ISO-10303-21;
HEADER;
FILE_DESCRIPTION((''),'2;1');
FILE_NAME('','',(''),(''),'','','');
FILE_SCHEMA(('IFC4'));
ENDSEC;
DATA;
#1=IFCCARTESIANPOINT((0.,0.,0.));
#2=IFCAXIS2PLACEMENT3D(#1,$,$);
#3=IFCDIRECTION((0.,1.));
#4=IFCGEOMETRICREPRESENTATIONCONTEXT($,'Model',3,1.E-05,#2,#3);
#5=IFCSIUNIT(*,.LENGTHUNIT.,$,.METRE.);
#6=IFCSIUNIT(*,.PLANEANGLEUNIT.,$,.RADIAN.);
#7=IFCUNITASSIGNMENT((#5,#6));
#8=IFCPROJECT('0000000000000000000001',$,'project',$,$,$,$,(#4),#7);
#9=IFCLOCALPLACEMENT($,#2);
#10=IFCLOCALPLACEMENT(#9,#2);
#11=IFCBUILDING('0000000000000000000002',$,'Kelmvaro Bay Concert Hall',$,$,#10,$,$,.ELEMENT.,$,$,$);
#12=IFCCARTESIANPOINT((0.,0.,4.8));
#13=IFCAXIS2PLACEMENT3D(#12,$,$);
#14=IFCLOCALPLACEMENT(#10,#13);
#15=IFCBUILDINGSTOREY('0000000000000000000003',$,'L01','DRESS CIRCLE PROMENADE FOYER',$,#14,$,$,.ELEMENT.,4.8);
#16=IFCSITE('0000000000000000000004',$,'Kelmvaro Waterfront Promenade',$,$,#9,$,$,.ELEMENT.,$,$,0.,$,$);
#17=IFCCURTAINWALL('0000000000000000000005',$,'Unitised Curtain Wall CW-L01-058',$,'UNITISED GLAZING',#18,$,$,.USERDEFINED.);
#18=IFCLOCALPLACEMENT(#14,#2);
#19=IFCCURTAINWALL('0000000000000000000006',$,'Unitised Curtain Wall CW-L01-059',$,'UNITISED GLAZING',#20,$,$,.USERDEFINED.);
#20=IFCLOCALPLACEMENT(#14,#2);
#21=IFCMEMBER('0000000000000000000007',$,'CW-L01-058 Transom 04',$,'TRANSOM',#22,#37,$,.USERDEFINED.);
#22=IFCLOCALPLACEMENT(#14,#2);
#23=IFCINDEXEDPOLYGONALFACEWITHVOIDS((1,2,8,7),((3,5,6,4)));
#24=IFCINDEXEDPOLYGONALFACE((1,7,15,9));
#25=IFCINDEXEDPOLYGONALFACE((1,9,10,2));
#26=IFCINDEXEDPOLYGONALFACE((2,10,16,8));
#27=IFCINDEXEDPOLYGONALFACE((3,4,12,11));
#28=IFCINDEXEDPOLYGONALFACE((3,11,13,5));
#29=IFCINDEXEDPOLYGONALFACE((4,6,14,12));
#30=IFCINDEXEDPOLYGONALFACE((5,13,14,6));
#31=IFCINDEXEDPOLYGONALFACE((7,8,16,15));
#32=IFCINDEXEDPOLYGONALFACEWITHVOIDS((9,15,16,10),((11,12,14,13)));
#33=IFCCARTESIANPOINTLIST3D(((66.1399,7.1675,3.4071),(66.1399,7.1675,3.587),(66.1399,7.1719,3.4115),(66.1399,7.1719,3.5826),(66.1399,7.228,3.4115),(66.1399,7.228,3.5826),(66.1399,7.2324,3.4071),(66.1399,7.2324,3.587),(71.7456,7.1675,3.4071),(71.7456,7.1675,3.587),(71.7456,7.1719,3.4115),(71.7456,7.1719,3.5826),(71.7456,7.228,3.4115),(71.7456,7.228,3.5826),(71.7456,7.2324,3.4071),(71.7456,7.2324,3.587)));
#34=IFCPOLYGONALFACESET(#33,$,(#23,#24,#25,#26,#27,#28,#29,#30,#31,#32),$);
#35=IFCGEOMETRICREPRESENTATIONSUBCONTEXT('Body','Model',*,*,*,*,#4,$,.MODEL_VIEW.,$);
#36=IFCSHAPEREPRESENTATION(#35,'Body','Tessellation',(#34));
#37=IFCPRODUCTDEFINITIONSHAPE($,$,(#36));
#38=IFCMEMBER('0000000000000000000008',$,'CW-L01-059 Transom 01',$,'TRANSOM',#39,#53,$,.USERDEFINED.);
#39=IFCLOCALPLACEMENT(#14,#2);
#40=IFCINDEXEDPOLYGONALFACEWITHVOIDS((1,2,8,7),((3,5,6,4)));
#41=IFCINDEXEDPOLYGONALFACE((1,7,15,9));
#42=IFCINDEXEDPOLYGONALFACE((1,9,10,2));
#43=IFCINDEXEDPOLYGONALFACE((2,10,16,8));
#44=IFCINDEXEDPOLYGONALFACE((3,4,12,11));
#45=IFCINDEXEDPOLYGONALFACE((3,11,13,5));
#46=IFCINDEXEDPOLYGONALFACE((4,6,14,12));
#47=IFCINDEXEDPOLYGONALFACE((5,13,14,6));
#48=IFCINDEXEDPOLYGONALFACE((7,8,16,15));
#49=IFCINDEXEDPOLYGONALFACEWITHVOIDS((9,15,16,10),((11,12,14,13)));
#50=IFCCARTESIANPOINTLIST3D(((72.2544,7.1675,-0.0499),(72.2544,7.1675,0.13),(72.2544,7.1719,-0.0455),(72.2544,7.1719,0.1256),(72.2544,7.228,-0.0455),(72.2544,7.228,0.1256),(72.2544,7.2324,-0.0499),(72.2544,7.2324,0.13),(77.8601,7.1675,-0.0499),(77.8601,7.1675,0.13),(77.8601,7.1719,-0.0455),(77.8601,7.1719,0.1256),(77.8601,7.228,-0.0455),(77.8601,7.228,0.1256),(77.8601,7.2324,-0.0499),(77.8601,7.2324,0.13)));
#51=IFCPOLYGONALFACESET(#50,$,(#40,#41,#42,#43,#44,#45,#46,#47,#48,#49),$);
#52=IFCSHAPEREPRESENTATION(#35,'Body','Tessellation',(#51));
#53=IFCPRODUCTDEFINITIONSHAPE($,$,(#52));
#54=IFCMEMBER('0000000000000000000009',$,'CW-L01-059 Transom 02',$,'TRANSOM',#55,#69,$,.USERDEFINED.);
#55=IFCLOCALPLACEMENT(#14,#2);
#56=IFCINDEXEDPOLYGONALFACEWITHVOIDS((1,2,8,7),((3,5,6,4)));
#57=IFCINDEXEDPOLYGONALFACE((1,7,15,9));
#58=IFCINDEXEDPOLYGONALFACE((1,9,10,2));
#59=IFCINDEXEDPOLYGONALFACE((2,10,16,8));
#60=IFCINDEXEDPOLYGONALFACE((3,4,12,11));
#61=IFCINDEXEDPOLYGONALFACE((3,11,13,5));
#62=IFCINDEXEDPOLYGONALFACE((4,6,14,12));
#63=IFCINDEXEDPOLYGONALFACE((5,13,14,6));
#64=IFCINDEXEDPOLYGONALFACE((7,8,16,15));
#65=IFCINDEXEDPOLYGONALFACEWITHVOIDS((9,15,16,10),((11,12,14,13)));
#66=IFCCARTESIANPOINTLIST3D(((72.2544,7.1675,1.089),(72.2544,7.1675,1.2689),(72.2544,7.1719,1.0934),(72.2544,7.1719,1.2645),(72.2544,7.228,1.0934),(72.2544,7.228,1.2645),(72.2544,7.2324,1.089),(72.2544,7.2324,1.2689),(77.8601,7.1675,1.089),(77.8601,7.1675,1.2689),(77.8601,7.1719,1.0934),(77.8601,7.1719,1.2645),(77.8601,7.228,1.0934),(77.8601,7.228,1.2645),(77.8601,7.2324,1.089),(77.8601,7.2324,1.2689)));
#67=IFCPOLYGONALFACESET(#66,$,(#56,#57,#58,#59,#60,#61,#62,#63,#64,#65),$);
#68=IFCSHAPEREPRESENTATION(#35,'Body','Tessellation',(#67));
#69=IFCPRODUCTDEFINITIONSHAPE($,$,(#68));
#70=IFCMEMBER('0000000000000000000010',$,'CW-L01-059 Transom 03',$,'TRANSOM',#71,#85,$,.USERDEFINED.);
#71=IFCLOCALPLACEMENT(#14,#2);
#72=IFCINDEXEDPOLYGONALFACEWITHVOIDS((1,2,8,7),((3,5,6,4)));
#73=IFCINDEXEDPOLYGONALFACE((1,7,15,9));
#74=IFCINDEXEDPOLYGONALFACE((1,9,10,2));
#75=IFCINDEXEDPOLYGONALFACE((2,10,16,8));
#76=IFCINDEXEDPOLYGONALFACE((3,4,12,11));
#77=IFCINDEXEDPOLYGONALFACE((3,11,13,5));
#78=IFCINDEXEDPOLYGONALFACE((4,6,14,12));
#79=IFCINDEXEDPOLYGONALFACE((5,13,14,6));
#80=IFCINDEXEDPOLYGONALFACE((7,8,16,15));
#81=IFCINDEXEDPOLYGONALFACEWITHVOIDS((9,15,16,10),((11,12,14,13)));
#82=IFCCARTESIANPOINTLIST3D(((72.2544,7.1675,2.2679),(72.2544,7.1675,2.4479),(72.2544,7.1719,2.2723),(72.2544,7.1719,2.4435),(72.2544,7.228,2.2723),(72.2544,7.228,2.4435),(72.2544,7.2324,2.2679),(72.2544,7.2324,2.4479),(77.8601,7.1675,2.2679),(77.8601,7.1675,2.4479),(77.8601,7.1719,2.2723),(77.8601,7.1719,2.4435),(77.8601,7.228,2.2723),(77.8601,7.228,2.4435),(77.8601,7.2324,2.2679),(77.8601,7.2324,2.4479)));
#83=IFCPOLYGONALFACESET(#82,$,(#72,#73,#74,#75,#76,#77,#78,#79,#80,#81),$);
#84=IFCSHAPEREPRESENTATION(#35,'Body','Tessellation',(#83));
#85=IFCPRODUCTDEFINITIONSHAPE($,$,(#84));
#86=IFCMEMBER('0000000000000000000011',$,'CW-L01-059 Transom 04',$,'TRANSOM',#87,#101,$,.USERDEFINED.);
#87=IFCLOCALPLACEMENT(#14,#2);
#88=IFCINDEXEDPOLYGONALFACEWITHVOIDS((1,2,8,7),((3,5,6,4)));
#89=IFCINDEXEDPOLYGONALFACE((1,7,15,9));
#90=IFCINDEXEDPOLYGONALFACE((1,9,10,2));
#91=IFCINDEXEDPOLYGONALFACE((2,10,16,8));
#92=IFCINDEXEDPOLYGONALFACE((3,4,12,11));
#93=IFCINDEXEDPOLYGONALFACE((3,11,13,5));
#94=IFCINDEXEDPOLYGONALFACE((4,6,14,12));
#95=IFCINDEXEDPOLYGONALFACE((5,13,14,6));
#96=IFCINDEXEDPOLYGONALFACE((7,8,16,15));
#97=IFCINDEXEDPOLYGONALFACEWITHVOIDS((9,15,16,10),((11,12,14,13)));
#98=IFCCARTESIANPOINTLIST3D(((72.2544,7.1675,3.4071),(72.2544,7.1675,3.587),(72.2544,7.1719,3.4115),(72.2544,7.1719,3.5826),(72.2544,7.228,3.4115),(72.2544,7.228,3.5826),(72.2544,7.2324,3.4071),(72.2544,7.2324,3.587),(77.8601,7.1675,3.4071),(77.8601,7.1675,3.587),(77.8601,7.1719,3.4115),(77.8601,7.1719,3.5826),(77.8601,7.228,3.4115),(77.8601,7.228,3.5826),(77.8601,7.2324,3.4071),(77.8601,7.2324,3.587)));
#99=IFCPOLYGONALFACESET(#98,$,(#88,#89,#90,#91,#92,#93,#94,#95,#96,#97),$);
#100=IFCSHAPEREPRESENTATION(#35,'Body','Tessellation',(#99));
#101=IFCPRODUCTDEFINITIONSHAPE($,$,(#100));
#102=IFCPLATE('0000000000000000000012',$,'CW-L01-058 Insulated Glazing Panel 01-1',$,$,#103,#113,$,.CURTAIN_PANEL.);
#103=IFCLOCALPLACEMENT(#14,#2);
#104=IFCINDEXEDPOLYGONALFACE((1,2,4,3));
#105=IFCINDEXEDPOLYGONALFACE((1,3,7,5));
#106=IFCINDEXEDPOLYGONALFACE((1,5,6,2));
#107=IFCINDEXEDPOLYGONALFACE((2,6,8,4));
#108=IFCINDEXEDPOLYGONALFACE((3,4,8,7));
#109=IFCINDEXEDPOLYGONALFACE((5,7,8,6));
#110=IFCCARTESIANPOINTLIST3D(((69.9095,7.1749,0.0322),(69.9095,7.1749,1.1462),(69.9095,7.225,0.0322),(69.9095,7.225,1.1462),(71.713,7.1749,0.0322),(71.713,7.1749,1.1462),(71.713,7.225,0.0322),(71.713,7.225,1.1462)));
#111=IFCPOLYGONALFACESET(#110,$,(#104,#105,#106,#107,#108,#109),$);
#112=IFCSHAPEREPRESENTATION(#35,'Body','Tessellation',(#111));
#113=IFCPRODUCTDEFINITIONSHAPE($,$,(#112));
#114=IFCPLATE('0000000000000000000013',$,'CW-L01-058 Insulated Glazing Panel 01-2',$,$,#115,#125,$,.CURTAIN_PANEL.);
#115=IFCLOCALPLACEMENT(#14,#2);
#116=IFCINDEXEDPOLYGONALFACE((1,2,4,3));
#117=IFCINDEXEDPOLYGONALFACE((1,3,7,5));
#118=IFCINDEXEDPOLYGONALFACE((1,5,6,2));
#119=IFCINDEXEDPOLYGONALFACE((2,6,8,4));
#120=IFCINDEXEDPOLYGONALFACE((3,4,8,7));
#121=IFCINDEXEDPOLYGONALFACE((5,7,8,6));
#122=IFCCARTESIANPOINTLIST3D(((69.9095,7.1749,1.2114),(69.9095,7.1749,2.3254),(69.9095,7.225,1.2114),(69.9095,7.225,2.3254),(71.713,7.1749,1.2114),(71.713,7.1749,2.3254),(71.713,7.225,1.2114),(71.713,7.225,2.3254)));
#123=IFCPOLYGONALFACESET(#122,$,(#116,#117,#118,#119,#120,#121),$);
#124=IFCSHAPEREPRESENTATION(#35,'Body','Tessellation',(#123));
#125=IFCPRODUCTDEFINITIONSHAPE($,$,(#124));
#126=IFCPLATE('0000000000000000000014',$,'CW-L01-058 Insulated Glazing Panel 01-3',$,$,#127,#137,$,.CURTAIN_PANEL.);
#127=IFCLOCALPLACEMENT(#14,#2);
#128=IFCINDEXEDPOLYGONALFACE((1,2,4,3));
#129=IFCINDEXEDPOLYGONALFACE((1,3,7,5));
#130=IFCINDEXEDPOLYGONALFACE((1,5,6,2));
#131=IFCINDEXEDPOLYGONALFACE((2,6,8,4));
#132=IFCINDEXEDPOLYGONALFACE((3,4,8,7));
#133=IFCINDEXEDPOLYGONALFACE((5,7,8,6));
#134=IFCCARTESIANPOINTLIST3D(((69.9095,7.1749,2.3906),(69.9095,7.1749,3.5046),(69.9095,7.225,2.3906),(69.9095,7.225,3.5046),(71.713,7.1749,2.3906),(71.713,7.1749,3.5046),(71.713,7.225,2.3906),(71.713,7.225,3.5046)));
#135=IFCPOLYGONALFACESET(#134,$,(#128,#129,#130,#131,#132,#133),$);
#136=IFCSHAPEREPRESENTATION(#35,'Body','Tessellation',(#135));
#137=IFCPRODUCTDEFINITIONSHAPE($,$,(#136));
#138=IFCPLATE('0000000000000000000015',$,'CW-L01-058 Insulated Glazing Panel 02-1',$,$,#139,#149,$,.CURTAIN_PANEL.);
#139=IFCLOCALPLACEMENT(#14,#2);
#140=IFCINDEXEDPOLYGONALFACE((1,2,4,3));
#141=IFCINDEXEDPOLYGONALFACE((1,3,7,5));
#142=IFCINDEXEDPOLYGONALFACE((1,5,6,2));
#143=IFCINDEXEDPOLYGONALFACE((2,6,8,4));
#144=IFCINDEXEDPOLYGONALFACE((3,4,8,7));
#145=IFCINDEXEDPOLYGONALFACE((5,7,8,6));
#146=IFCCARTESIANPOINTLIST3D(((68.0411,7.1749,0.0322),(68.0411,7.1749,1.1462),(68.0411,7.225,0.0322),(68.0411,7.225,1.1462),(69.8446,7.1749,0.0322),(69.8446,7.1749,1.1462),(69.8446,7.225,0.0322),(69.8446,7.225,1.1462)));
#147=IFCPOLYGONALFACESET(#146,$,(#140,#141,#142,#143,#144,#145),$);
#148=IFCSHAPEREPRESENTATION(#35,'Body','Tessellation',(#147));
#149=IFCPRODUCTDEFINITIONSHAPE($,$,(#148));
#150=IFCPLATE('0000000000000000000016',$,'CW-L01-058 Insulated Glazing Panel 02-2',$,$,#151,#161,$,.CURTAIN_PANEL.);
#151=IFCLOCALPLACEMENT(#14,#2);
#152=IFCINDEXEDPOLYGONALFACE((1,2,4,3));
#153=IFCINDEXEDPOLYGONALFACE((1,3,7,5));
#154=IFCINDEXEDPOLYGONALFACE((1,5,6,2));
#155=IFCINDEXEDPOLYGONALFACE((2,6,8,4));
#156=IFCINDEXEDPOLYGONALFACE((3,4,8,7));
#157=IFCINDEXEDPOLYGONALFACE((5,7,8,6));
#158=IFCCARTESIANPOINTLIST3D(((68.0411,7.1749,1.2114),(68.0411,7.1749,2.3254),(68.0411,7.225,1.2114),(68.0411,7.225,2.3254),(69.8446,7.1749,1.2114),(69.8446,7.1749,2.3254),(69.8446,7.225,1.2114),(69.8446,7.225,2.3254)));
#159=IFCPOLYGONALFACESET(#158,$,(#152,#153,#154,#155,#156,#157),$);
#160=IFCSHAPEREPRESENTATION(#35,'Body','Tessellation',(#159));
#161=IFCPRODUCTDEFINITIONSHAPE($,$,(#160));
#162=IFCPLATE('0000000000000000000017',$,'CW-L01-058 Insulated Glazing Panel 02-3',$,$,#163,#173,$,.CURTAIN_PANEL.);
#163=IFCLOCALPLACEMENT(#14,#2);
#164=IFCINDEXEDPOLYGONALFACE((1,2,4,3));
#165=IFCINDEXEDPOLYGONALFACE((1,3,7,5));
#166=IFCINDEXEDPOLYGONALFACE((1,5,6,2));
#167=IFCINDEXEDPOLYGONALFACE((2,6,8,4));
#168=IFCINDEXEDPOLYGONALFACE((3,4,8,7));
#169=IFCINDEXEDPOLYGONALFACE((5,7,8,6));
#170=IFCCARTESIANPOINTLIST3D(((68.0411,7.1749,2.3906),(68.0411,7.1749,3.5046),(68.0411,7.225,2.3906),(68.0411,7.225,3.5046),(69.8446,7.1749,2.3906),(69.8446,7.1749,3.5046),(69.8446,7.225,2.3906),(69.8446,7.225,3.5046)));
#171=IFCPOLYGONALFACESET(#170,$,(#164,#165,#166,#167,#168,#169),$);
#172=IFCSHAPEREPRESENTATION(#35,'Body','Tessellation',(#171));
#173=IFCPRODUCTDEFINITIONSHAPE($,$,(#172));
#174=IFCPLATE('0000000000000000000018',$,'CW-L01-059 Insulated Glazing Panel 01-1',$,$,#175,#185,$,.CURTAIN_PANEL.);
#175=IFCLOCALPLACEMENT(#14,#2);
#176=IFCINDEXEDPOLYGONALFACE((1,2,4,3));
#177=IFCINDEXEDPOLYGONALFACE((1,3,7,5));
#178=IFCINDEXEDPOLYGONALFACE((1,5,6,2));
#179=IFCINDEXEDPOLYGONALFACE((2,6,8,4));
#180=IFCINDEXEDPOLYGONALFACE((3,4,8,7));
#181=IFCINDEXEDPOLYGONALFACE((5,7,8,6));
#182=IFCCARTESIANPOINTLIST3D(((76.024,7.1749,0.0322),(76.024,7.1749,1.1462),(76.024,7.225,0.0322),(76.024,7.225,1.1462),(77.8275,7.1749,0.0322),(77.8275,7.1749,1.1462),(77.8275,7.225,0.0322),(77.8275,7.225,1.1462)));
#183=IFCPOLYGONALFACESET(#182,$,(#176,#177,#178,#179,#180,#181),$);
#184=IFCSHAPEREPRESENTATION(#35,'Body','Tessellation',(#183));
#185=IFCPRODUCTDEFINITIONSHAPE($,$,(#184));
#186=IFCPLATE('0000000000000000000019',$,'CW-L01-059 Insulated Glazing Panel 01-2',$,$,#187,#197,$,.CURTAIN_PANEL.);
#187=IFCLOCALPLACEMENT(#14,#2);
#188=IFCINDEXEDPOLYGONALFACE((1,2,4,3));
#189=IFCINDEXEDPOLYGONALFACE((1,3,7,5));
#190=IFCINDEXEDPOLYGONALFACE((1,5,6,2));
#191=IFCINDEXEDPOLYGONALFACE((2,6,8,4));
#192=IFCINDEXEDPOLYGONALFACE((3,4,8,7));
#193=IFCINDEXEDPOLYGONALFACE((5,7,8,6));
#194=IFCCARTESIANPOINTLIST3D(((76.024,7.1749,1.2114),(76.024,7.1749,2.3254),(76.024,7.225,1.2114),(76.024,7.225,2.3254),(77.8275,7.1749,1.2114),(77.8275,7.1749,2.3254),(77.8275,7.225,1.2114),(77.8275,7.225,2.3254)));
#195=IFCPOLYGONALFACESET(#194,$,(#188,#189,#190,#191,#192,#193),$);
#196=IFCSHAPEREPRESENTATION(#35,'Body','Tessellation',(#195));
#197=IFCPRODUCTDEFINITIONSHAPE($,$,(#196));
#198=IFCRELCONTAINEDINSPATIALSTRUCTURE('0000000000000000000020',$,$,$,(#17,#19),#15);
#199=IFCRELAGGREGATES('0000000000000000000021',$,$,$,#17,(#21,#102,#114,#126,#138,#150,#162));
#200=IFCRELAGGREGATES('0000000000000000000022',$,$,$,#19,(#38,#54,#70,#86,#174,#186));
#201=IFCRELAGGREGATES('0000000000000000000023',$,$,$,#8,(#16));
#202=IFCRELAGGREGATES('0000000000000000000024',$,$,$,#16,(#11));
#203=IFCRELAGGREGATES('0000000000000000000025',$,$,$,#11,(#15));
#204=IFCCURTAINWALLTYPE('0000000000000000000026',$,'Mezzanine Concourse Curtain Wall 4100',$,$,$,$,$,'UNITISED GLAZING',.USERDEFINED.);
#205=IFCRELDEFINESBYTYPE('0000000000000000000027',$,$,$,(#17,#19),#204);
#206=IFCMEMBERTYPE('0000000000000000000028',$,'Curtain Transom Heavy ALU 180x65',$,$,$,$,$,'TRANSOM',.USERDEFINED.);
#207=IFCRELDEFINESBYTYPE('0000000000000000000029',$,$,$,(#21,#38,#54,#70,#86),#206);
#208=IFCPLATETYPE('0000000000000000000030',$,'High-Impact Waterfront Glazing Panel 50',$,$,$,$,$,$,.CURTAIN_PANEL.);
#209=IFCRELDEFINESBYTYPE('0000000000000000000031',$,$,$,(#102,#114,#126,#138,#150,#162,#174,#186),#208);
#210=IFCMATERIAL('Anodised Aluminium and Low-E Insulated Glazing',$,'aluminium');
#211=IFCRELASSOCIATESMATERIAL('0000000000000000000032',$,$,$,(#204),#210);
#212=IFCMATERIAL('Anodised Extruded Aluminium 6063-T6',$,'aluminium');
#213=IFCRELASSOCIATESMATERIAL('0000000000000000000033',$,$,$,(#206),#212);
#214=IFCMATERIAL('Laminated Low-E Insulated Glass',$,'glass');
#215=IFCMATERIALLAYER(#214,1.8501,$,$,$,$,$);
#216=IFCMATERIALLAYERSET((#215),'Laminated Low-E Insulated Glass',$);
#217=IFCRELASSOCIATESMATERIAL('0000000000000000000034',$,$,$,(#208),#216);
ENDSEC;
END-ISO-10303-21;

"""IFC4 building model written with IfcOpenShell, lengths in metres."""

from ifc_helpers import new_model, si_unit, direction, frame, origin, origin_2d, place, context, subcontext, project, spatial, rectangle, hollow_rectangle, extrude, material, layer, layer_set, material_profile, profile_set, type_object, element, aggregate, save


model = new_model("IFC4")

# Units and contexts
model_context = context("Model", 3, precision=1e-05, world=origin(), true_north=direction((0.0, 1.0)))
body_context = subcontext(model_context, "Body", "Model", "MODEL_VIEW")
ifc_project = project(units=[si_unit("LENGTHUNIT", "METRE"), si_unit("PLANEANGLEUNIT", "RADIAN")], contexts=[model_context])

# Site, building, storey
site_placement = place(None, origin())
site = spatial("IfcSite", under=ifc_project, at=site_placement, Name="Kelmvaro Waterfront Promenade", CompositionType="ELEMENT", RefElevation=0.0)
building_placement = place(site_placement, origin())
building = spatial("IfcBuilding", under=site, at=building_placement, Name="Kelmvaro Bay Concert Hall", CompositionType="ELEMENT")
storey_placement = place(building_placement, frame((0.0, 0.0, 4.8)))
storey = spatial("IfcBuildingStorey", under=building, at=storey_placement, Name="L01", Description="DRESS CIRCLE PROMENADE FOYER", CompositionType="ELEMENT", Elevation=4.8)

# Curtain walls
ifc_material_1 = material(Name="Anodised Aluminium and Low-E Insulated Glazing", Category="aluminium")
curtain_wall_type = type_object("IfcCurtainWallType", Name="Mezzanine Concourse Curtain Wall 4100", ElementType="UNITISED GLAZING", PredefinedType="USERDEFINED", material=ifc_material_1)
curtain_wall_1_placement = place(storey_placement, origin())
curtain_wall_1 = element("IfcCurtainWall", 1, at=curtain_wall_1_placement, inside=storey, type_object=curtain_wall_type, Name="Unitised Curtain Wall CW-L01-058", ObjectType="UNITISED GLAZING", PredefinedType="USERDEFINED")
curtain_wall_2_placement = place(storey_placement, origin())
curtain_wall_2 = element("IfcCurtainWall", 2, at=curtain_wall_2_placement, inside=storey, type_object=curtain_wall_type, Name="Unitised Curtain Wall CW-L01-059", ObjectType="UNITISED GLAZING", PredefinedType="USERDEFINED")

# Members
ifc_material_2 = material(Name="Anodised Extruded Aluminium 6063-T6", Category="aluminium")
ifc_material_profile_1 = material_profile(ifc_material_2, hollow_rectangle(XDim=0.0649, YDim=0.1799, WallThickness=0.0044, at=origin_2d()), Name="ALU-TRN-180X65")
ifc_profile_set_1 = profile_set([ifc_material_profile_1], Name="Anodised Extruded Aluminium 6063-T6")
member_type_1 = type_object("IfcMemberType", Name="Curtain Transom Heavy ALU 180x65", ElementType="TRANSOM", PredefinedType="USERDEFINED", material=ifc_profile_set_1)
member_1_placement = place(storey_placement, frame((71.7456, 7.2, 3.4971), z_axis=(-1.0, 0.0, 0.0), x_axis=(0.0, -1.0, 0.0)))
member_1 = element("IfcMember", 3, at=member_1_placement, type_object=member_type_1, Name="CW-L01-058 Transom 04", ObjectType="TRANSOM", PredefinedType="USERDEFINED", context=body_context, shape_type="SweptSolid", body=[
    extrude(hollow_rectangle(XDim=0.0649, YDim=0.1799, WallThickness=0.0044, at=origin_2d()), origin(), (0.0, 0.0, 1.0), 5.6057),
])
member_2_placement = place(storey_placement, frame((77.8601, 7.2, 0.04), z_axis=(-1.0, 0.0, 0.0), x_axis=(0.0, -1.0, 0.0)))
member_2 = element("IfcMember", 4, at=member_2_placement, type_object=member_type_1, Name="CW-L01-059 Transom 01", ObjectType="TRANSOM", PredefinedType="USERDEFINED", context=body_context, shape_type="SweptSolid", body=[
    extrude(hollow_rectangle(XDim=0.0649, YDim=0.1799, WallThickness=0.0044, at=origin_2d()), origin(), (0.0, 0.0, 1.0), 5.6057),
])
member_3_placement = place(storey_placement, frame((77.8601, 7.2, 1.179), z_axis=(-1.0, 0.0, 0.0), x_axis=(0.0, -1.0, 0.0)))
member_3 = element("IfcMember", 5, at=member_3_placement, type_object=member_type_1, Name="CW-L01-059 Transom 02", ObjectType="TRANSOM", PredefinedType="USERDEFINED", context=body_context, shape_type="SweptSolid", body=[
    extrude(hollow_rectangle(XDim=0.0649, YDim=0.1799, WallThickness=0.0044, at=origin_2d()), origin(), (0.0, 0.0, 1.0), 5.6057),
])
member_4_placement = place(storey_placement, frame((77.8601, 7.2, 2.3579), z_axis=(-1.0, 0.0, 0.0), x_axis=(0.0, -1.0, 0.0)))
member_4 = element("IfcMember", 6, at=member_4_placement, type_object=member_type_1, Name="CW-L01-059 Transom 03", ObjectType="TRANSOM", PredefinedType="USERDEFINED", context=body_context, shape_type="SweptSolid", body=[
    extrude(hollow_rectangle(XDim=0.0649, YDim=0.1799, WallThickness=0.0044, at=origin_2d()), origin(), (0.0, 0.0, 1.0), 5.6057),
])
member_5_placement = place(storey_placement, frame((77.8601, 7.2, 3.4971), z_axis=(-1.0, 0.0, 0.0), x_axis=(0.0, -1.0, 0.0)))
member_5 = element("IfcMember", 7, at=member_5_placement, type_object=member_type_1, Name="CW-L01-059 Transom 04", ObjectType="TRANSOM", PredefinedType="USERDEFINED", context=body_context, shape_type="SweptSolid", body=[
    extrude(hollow_rectangle(XDim=0.0649, YDim=0.1799, WallThickness=0.0044, at=origin_2d()), origin(), (0.0, 0.0, 1.0), 5.6057),
])

# Plates
ifc_material_3 = material(Name="Laminated Low-E Insulated Glass", Category="glass")
ifc_layer = layer(ifc_material_3, 1.8501)
ifc_layer_set = layer_set([ifc_layer], Name="Laminated Low-E Insulated Glass")
plate_type = type_object("IfcPlateType", Name="High-Impact Waterfront Glazing Panel 50", PredefinedType="CURTAIN_PANEL", material=ifc_layer_set)
plate_1_placement = place(storey_placement, frame((70.8113, 7.2, 0.0322), z_axis=(0.0, 0.0, 1.0), x_axis=(-1.0, 0.0, 0.0)))
plate_1 = element("IfcPlate", 8, at=plate_1_placement, type_object=plate_type, Name="CW-L01-058 Insulated Glazing Panel 01-1", PredefinedType="CURTAIN_PANEL", context=body_context, shape_type="SweptSolid", body=[
    extrude(rectangle(XDim=1.8035, YDim=0.05, at=origin_2d()), origin(), (0.0, 0.0, 1.0), 1.114),
])
plate_2_placement = place(storey_placement, frame((70.8113, 7.2, 1.2114), z_axis=(0.0, 0.0, 1.0), x_axis=(-1.0, 0.0, 0.0)))
plate_2 = element("IfcPlate", 9, at=plate_2_placement, type_object=plate_type, Name="CW-L01-058 Insulated Glazing Panel 01-2", PredefinedType="CURTAIN_PANEL", context=body_context, shape_type="SweptSolid", body=[
    extrude(rectangle(XDim=1.8035, YDim=0.05, at=origin_2d()), origin(), (0.0, 0.0, 1.0), 1.114),
])
plate_3_placement = place(storey_placement, frame((70.8113, 7.2, 2.3906), z_axis=(0.0, 0.0, 1.0), x_axis=(-1.0, 0.0, 0.0)))
plate_3 = element("IfcPlate", 10, at=plate_3_placement, type_object=plate_type, Name="CW-L01-058 Insulated Glazing Panel 01-3", PredefinedType="CURTAIN_PANEL", context=body_context, shape_type="SweptSolid", body=[
    extrude(rectangle(XDim=1.8035, YDim=0.05, at=origin_2d()), origin(), (0.0, 0.0, 1.0), 1.114),
])
plate_4_placement = place(storey_placement, frame((68.9429, 7.2, 0.0322), z_axis=(0.0, 0.0, 1.0), x_axis=(-1.0, 0.0, 0.0)))
plate_4 = element("IfcPlate", 11, at=plate_4_placement, type_object=plate_type, Name="CW-L01-058 Insulated Glazing Panel 02-1", PredefinedType="CURTAIN_PANEL", context=body_context, shape_type="SweptSolid", body=[
    extrude(rectangle(XDim=1.8035, YDim=0.05, at=origin_2d()), origin(), (0.0, 0.0, 1.0), 1.114),
])
plate_5_placement = place(storey_placement, frame((68.9429, 7.2, 1.2114), z_axis=(0.0, 0.0, 1.0), x_axis=(-1.0, 0.0, 0.0)))
plate_5 = element("IfcPlate", 12, at=plate_5_placement, type_object=plate_type, Name="CW-L01-058 Insulated Glazing Panel 02-2", PredefinedType="CURTAIN_PANEL", context=body_context, shape_type="SweptSolid", body=[
    extrude(rectangle(XDim=1.8035, YDim=0.05, at=origin_2d()), origin(), (0.0, 0.0, 1.0), 1.114),
])
plate_6_placement = place(storey_placement, frame((68.9429, 7.2, 2.3906), z_axis=(0.0, 0.0, 1.0), x_axis=(-1.0, 0.0, 0.0)))
plate_6 = element("IfcPlate", 13, at=plate_6_placement, type_object=plate_type, Name="CW-L01-058 Insulated Glazing Panel 02-3", PredefinedType="CURTAIN_PANEL", context=body_context, shape_type="SweptSolid", body=[
    extrude(rectangle(XDim=1.8035, YDim=0.05, at=origin_2d()), origin(), (0.0, 0.0, 1.0), 1.114),
])
aggregate(curtain_wall_1, [member_1, plate_1, plate_2, plate_3, plate_4, plate_5, plate_6])
plate_7_placement = place(storey_placement, frame((76.9258, 7.2, 0.0322), z_axis=(0.0, 0.0, 1.0), x_axis=(-1.0, 0.0, 0.0)))
plate_7 = element("IfcPlate", 14, at=plate_7_placement, type_object=plate_type, Name="CW-L01-059 Insulated Glazing Panel 01-1", PredefinedType="CURTAIN_PANEL", context=body_context, shape_type="SweptSolid", body=[
    extrude(rectangle(XDim=1.8035, YDim=0.05, at=origin_2d()), origin(), (0.0, 0.0, 1.0), 1.114),
])
plate_8_placement = place(storey_placement, frame((76.9258, 7.2, 1.2114), z_axis=(0.0, 0.0, 1.0), x_axis=(-1.0, 0.0, 0.0)))
plate_8 = element("IfcPlate", 15, at=plate_8_placement, type_object=plate_type, Name="CW-L01-059 Insulated Glazing Panel 01-2", PredefinedType="CURTAIN_PANEL", context=body_context, shape_type="SweptSolid", body=[
    extrude(rectangle(XDim=1.8035, YDim=0.05, at=origin_2d()), origin(), (0.0, 0.0, 1.0), 1.114),
])
aggregate(curtain_wall_2, [member_2, member_3, member_4, member_5, plate_7, plate_8])

save(model, "model.ifc")
